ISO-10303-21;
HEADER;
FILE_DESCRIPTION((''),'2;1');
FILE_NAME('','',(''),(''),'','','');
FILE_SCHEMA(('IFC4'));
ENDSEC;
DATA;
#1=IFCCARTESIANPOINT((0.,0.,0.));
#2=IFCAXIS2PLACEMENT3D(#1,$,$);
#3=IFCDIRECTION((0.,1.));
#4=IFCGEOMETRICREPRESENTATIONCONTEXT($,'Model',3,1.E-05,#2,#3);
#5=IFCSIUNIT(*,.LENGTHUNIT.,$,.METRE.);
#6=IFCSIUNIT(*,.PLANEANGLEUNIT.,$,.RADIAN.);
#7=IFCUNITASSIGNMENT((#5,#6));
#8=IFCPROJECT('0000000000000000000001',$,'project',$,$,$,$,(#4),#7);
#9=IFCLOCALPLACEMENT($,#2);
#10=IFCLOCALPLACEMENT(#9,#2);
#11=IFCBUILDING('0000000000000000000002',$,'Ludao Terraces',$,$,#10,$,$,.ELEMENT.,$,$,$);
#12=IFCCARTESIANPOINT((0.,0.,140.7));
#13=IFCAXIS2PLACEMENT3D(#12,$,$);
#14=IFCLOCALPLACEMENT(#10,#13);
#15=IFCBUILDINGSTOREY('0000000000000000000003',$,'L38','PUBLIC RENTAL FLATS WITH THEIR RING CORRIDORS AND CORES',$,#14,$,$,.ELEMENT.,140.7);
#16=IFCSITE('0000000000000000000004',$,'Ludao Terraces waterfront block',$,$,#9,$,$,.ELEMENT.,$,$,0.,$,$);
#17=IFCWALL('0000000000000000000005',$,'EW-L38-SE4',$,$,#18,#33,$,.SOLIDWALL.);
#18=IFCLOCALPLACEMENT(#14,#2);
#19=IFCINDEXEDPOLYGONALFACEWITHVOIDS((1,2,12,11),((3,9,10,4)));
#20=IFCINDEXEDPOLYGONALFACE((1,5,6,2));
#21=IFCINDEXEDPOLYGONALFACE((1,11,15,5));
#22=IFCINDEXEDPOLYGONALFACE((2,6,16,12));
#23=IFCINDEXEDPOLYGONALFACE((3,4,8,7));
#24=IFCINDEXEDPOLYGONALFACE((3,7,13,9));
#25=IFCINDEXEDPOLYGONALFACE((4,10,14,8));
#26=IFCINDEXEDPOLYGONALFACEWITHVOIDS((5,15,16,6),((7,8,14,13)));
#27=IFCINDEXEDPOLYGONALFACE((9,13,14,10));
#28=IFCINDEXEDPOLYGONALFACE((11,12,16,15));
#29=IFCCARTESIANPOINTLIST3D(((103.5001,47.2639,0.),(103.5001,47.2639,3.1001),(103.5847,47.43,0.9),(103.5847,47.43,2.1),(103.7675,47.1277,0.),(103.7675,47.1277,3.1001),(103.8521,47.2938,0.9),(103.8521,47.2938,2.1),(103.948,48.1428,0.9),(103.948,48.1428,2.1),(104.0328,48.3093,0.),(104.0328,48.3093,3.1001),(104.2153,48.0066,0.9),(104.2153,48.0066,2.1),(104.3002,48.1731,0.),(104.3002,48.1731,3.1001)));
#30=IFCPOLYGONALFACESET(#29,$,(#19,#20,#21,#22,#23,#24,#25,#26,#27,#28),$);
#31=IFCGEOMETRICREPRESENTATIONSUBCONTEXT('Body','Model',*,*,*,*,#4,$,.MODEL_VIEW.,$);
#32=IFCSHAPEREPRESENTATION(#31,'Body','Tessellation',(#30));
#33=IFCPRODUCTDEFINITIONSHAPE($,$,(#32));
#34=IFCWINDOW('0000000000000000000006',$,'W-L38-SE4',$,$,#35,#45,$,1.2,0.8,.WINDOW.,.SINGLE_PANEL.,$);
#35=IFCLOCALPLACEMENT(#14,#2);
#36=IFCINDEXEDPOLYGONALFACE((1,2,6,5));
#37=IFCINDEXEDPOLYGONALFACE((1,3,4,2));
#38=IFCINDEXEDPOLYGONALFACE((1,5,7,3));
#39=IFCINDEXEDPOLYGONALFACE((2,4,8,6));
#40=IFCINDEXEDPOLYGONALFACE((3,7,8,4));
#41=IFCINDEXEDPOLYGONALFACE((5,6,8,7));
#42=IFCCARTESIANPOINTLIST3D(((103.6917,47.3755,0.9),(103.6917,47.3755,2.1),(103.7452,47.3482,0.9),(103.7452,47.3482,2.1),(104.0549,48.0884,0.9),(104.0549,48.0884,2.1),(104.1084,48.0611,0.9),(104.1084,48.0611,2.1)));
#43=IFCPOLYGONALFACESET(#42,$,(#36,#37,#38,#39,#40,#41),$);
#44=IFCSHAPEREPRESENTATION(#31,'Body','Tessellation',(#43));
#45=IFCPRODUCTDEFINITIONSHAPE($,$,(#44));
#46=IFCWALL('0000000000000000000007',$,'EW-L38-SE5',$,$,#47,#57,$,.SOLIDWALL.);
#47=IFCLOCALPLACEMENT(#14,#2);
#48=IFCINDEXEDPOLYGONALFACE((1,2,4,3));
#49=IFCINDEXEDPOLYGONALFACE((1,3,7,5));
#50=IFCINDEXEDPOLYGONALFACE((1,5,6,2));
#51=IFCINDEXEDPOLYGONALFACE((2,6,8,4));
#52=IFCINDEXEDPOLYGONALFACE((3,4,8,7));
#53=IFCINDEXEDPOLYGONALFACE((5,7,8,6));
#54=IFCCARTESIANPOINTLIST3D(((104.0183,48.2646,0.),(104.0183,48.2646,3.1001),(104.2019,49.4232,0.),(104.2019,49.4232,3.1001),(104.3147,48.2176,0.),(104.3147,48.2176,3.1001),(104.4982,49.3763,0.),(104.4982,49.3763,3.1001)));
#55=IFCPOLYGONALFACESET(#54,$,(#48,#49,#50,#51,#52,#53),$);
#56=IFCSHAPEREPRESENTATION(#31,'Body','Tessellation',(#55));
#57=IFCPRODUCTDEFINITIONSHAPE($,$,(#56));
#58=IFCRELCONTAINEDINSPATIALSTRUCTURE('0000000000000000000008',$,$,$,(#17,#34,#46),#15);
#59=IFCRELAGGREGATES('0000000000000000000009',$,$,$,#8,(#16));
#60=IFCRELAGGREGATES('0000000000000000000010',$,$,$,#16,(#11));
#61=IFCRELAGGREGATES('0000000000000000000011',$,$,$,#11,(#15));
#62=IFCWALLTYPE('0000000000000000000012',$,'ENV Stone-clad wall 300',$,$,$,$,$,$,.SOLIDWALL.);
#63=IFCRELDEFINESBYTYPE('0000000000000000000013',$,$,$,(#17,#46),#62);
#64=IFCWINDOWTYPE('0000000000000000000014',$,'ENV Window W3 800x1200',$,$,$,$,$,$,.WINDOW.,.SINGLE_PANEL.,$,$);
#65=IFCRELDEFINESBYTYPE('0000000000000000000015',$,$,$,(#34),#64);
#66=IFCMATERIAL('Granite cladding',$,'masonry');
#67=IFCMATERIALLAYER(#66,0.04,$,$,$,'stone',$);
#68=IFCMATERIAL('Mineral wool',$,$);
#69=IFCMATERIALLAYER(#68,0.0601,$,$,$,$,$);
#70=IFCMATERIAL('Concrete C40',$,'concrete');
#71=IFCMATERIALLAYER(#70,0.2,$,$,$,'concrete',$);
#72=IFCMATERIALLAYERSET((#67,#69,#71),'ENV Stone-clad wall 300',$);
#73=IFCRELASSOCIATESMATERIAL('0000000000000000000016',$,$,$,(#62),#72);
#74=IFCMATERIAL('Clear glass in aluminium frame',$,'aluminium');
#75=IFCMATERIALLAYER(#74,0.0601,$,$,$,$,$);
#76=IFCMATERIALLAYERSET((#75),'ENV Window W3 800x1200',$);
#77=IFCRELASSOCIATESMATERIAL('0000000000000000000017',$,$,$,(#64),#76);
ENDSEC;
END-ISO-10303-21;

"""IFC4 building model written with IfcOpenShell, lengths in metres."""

from ifc_helpers import new_model, si_unit, direction, frame, frame_2d, origin, place, context, subcontext, project, spatial, rectangle, extrude, material, layer, layer_set, type_object, element, fill, save


model = new_model("IFC4")

# Units and contexts
model_context = context("Model", 3, precision=1e-05, world=origin(), true_north=direction((0.0, 1.0)))
body_context = subcontext(model_context, "Body", "Model", "MODEL_VIEW")
ifc_project = project(units=[si_unit("LENGTHUNIT", "METRE"), si_unit("PLANEANGLEUNIT", "RADIAN")], contexts=[model_context])

# Site, building, storey
site_placement = place(None, origin())
site = spatial("IfcSite", under=ifc_project, at=site_placement, Name="Ludao Terraces waterfront block", CompositionType="ELEMENT", RefElevation=0.0)
building_placement = place(site_placement, origin())
building = spatial("IfcBuilding", under=site, at=building_placement, Name="Ludao Terraces", CompositionType="ELEMENT")
storey_placement = place(building_placement, frame((0.0, 0.0, 140.7)))
storey = spatial("IfcBuildingStorey", under=building, at=storey_placement, Name="L38", Description="PUBLIC RENTAL FLATS WITH THEIR RING CORRIDORS AND CORES", CompositionType="ELEMENT", Elevation=140.7)

# Shared definitions
ifc_material_1 = material(Name="Concrete C40", Category="concrete")

# Wall, opening, window
ifc_material_2 = material(Name="Granite cladding", Category="masonry")
ifc_layer_1 = layer(ifc_material_2, 0.04, Category="stone")
ifc_material_3 = material(Name="Mineral wool")
ifc_layer_2 = layer(ifc_material_3, 0.0601)
ifc_layer_3 = layer(ifc_material_1, 0.2, Category="concrete")
ifc_layer_set_1 = layer_set([ifc_layer_1, ifc_layer_2, ifc_layer_3], Name="ENV Stone-clad wall 300")
wall_type = type_object("IfcWallType", Name="ENV Stone-clad wall 300", PredefinedType="SOLIDWALL", material=ifc_layer_set_1)
ifc_material_4 = material(Name="Clear glass in aluminium frame", Category="aluminium")
ifc_layer_4 = layer(ifc_material_4, 0.0601)
ifc_layer_set_2 = layer_set([ifc_layer_4], Name="ENV Window W3 800x1200")
window_type_1 = type_object("IfcWindowType", Name="ENV Window W3 800x1200", PartitioningType="SINGLE_PANEL", PredefinedType="WINDOW", material=ifc_layer_set_2)
wall_1_placement = place(storey_placement, frame((103.6338, 47.1958, 0.0), z_axis=(0.0, 0.0, 1.0), x_axis=(0.454026, 0.890989, 0.0)))
wall_1 = element("IfcWall", 1, at=wall_1_placement, inside=storey, type_object=wall_type, Name="EW-L38-SE4", PredefinedType="SOLIDWALL", context=body_context, shape_type="SweptSolid", body=[
    extrude(rectangle(XDim=1.1733, YDim=0.3, at=frame_2d((0.5867, 0.0))), origin(), (0.0, 0.0, 1.0), 3.1001),
])
opening_1_placement = place(wall_1_placement, frame((0.1865, 0.0, 0.8999)))
opening_1 = element("IfcOpeningElement", 2, at=opening_1_placement, cuts=wall_1, PredefinedType="OPENING", context=body_context, shape_type="SweptSolid", body=[
    extrude(rectangle(XDim=0.8, YDim=1.2, at=frame_2d((0.3999, 0.6001))), frame((0.0, 0.1602, 0.0), z_axis=(0.0, -1.0, 0.0), x_axis=(1.0, 0.0, 0.0)), (0.0, 0.0, 1.0), 0.3201),
])
window_1_placement = place(opening_1_placement, origin())
window_1 = element("IfcWindow", 3, at=window_1_placement, inside=storey, type_object=window_type_1, Name="W-L38-SE4", OverallHeight=1.2, OverallWidth=0.8, PartitioningType="SINGLE_PANEL", PredefinedType="WINDOW", context=body_context, shape_type="SweptSolid", body=[
    extrude(rectangle(XDim=0.8, YDim=1.2, at=frame_2d((0.3999, 0.6001))), frame((0.0, 0.03, 0.0), z_axis=(0.0, -1.0, 0.0), x_axis=(1.0, 0.0, 0.0)), (0.0, 0.0, 1.0), 0.0601),
])
fill(opening_1, window_1)

# Wall
wall_2_placement = place(storey_placement, frame((104.1665, 48.2412, 0.0), z_axis=(0.0, 0.0, 1.0), x_axis=(0.156497, 0.987678, 0.0)))
element("IfcWall", 4, at=wall_2_placement, inside=storey, type_object=wall_type, Name="EW-L38-SE5", PredefinedType="SOLIDWALL", context=body_context, shape_type="SweptSolid", body=[
    extrude(rectangle(XDim=1.1731, YDim=0.3, at=frame_2d((0.5864, 0.0))), origin(), (0.0, 0.0, 1.0), 3.1001),
])

save(model, "model.ifc")
